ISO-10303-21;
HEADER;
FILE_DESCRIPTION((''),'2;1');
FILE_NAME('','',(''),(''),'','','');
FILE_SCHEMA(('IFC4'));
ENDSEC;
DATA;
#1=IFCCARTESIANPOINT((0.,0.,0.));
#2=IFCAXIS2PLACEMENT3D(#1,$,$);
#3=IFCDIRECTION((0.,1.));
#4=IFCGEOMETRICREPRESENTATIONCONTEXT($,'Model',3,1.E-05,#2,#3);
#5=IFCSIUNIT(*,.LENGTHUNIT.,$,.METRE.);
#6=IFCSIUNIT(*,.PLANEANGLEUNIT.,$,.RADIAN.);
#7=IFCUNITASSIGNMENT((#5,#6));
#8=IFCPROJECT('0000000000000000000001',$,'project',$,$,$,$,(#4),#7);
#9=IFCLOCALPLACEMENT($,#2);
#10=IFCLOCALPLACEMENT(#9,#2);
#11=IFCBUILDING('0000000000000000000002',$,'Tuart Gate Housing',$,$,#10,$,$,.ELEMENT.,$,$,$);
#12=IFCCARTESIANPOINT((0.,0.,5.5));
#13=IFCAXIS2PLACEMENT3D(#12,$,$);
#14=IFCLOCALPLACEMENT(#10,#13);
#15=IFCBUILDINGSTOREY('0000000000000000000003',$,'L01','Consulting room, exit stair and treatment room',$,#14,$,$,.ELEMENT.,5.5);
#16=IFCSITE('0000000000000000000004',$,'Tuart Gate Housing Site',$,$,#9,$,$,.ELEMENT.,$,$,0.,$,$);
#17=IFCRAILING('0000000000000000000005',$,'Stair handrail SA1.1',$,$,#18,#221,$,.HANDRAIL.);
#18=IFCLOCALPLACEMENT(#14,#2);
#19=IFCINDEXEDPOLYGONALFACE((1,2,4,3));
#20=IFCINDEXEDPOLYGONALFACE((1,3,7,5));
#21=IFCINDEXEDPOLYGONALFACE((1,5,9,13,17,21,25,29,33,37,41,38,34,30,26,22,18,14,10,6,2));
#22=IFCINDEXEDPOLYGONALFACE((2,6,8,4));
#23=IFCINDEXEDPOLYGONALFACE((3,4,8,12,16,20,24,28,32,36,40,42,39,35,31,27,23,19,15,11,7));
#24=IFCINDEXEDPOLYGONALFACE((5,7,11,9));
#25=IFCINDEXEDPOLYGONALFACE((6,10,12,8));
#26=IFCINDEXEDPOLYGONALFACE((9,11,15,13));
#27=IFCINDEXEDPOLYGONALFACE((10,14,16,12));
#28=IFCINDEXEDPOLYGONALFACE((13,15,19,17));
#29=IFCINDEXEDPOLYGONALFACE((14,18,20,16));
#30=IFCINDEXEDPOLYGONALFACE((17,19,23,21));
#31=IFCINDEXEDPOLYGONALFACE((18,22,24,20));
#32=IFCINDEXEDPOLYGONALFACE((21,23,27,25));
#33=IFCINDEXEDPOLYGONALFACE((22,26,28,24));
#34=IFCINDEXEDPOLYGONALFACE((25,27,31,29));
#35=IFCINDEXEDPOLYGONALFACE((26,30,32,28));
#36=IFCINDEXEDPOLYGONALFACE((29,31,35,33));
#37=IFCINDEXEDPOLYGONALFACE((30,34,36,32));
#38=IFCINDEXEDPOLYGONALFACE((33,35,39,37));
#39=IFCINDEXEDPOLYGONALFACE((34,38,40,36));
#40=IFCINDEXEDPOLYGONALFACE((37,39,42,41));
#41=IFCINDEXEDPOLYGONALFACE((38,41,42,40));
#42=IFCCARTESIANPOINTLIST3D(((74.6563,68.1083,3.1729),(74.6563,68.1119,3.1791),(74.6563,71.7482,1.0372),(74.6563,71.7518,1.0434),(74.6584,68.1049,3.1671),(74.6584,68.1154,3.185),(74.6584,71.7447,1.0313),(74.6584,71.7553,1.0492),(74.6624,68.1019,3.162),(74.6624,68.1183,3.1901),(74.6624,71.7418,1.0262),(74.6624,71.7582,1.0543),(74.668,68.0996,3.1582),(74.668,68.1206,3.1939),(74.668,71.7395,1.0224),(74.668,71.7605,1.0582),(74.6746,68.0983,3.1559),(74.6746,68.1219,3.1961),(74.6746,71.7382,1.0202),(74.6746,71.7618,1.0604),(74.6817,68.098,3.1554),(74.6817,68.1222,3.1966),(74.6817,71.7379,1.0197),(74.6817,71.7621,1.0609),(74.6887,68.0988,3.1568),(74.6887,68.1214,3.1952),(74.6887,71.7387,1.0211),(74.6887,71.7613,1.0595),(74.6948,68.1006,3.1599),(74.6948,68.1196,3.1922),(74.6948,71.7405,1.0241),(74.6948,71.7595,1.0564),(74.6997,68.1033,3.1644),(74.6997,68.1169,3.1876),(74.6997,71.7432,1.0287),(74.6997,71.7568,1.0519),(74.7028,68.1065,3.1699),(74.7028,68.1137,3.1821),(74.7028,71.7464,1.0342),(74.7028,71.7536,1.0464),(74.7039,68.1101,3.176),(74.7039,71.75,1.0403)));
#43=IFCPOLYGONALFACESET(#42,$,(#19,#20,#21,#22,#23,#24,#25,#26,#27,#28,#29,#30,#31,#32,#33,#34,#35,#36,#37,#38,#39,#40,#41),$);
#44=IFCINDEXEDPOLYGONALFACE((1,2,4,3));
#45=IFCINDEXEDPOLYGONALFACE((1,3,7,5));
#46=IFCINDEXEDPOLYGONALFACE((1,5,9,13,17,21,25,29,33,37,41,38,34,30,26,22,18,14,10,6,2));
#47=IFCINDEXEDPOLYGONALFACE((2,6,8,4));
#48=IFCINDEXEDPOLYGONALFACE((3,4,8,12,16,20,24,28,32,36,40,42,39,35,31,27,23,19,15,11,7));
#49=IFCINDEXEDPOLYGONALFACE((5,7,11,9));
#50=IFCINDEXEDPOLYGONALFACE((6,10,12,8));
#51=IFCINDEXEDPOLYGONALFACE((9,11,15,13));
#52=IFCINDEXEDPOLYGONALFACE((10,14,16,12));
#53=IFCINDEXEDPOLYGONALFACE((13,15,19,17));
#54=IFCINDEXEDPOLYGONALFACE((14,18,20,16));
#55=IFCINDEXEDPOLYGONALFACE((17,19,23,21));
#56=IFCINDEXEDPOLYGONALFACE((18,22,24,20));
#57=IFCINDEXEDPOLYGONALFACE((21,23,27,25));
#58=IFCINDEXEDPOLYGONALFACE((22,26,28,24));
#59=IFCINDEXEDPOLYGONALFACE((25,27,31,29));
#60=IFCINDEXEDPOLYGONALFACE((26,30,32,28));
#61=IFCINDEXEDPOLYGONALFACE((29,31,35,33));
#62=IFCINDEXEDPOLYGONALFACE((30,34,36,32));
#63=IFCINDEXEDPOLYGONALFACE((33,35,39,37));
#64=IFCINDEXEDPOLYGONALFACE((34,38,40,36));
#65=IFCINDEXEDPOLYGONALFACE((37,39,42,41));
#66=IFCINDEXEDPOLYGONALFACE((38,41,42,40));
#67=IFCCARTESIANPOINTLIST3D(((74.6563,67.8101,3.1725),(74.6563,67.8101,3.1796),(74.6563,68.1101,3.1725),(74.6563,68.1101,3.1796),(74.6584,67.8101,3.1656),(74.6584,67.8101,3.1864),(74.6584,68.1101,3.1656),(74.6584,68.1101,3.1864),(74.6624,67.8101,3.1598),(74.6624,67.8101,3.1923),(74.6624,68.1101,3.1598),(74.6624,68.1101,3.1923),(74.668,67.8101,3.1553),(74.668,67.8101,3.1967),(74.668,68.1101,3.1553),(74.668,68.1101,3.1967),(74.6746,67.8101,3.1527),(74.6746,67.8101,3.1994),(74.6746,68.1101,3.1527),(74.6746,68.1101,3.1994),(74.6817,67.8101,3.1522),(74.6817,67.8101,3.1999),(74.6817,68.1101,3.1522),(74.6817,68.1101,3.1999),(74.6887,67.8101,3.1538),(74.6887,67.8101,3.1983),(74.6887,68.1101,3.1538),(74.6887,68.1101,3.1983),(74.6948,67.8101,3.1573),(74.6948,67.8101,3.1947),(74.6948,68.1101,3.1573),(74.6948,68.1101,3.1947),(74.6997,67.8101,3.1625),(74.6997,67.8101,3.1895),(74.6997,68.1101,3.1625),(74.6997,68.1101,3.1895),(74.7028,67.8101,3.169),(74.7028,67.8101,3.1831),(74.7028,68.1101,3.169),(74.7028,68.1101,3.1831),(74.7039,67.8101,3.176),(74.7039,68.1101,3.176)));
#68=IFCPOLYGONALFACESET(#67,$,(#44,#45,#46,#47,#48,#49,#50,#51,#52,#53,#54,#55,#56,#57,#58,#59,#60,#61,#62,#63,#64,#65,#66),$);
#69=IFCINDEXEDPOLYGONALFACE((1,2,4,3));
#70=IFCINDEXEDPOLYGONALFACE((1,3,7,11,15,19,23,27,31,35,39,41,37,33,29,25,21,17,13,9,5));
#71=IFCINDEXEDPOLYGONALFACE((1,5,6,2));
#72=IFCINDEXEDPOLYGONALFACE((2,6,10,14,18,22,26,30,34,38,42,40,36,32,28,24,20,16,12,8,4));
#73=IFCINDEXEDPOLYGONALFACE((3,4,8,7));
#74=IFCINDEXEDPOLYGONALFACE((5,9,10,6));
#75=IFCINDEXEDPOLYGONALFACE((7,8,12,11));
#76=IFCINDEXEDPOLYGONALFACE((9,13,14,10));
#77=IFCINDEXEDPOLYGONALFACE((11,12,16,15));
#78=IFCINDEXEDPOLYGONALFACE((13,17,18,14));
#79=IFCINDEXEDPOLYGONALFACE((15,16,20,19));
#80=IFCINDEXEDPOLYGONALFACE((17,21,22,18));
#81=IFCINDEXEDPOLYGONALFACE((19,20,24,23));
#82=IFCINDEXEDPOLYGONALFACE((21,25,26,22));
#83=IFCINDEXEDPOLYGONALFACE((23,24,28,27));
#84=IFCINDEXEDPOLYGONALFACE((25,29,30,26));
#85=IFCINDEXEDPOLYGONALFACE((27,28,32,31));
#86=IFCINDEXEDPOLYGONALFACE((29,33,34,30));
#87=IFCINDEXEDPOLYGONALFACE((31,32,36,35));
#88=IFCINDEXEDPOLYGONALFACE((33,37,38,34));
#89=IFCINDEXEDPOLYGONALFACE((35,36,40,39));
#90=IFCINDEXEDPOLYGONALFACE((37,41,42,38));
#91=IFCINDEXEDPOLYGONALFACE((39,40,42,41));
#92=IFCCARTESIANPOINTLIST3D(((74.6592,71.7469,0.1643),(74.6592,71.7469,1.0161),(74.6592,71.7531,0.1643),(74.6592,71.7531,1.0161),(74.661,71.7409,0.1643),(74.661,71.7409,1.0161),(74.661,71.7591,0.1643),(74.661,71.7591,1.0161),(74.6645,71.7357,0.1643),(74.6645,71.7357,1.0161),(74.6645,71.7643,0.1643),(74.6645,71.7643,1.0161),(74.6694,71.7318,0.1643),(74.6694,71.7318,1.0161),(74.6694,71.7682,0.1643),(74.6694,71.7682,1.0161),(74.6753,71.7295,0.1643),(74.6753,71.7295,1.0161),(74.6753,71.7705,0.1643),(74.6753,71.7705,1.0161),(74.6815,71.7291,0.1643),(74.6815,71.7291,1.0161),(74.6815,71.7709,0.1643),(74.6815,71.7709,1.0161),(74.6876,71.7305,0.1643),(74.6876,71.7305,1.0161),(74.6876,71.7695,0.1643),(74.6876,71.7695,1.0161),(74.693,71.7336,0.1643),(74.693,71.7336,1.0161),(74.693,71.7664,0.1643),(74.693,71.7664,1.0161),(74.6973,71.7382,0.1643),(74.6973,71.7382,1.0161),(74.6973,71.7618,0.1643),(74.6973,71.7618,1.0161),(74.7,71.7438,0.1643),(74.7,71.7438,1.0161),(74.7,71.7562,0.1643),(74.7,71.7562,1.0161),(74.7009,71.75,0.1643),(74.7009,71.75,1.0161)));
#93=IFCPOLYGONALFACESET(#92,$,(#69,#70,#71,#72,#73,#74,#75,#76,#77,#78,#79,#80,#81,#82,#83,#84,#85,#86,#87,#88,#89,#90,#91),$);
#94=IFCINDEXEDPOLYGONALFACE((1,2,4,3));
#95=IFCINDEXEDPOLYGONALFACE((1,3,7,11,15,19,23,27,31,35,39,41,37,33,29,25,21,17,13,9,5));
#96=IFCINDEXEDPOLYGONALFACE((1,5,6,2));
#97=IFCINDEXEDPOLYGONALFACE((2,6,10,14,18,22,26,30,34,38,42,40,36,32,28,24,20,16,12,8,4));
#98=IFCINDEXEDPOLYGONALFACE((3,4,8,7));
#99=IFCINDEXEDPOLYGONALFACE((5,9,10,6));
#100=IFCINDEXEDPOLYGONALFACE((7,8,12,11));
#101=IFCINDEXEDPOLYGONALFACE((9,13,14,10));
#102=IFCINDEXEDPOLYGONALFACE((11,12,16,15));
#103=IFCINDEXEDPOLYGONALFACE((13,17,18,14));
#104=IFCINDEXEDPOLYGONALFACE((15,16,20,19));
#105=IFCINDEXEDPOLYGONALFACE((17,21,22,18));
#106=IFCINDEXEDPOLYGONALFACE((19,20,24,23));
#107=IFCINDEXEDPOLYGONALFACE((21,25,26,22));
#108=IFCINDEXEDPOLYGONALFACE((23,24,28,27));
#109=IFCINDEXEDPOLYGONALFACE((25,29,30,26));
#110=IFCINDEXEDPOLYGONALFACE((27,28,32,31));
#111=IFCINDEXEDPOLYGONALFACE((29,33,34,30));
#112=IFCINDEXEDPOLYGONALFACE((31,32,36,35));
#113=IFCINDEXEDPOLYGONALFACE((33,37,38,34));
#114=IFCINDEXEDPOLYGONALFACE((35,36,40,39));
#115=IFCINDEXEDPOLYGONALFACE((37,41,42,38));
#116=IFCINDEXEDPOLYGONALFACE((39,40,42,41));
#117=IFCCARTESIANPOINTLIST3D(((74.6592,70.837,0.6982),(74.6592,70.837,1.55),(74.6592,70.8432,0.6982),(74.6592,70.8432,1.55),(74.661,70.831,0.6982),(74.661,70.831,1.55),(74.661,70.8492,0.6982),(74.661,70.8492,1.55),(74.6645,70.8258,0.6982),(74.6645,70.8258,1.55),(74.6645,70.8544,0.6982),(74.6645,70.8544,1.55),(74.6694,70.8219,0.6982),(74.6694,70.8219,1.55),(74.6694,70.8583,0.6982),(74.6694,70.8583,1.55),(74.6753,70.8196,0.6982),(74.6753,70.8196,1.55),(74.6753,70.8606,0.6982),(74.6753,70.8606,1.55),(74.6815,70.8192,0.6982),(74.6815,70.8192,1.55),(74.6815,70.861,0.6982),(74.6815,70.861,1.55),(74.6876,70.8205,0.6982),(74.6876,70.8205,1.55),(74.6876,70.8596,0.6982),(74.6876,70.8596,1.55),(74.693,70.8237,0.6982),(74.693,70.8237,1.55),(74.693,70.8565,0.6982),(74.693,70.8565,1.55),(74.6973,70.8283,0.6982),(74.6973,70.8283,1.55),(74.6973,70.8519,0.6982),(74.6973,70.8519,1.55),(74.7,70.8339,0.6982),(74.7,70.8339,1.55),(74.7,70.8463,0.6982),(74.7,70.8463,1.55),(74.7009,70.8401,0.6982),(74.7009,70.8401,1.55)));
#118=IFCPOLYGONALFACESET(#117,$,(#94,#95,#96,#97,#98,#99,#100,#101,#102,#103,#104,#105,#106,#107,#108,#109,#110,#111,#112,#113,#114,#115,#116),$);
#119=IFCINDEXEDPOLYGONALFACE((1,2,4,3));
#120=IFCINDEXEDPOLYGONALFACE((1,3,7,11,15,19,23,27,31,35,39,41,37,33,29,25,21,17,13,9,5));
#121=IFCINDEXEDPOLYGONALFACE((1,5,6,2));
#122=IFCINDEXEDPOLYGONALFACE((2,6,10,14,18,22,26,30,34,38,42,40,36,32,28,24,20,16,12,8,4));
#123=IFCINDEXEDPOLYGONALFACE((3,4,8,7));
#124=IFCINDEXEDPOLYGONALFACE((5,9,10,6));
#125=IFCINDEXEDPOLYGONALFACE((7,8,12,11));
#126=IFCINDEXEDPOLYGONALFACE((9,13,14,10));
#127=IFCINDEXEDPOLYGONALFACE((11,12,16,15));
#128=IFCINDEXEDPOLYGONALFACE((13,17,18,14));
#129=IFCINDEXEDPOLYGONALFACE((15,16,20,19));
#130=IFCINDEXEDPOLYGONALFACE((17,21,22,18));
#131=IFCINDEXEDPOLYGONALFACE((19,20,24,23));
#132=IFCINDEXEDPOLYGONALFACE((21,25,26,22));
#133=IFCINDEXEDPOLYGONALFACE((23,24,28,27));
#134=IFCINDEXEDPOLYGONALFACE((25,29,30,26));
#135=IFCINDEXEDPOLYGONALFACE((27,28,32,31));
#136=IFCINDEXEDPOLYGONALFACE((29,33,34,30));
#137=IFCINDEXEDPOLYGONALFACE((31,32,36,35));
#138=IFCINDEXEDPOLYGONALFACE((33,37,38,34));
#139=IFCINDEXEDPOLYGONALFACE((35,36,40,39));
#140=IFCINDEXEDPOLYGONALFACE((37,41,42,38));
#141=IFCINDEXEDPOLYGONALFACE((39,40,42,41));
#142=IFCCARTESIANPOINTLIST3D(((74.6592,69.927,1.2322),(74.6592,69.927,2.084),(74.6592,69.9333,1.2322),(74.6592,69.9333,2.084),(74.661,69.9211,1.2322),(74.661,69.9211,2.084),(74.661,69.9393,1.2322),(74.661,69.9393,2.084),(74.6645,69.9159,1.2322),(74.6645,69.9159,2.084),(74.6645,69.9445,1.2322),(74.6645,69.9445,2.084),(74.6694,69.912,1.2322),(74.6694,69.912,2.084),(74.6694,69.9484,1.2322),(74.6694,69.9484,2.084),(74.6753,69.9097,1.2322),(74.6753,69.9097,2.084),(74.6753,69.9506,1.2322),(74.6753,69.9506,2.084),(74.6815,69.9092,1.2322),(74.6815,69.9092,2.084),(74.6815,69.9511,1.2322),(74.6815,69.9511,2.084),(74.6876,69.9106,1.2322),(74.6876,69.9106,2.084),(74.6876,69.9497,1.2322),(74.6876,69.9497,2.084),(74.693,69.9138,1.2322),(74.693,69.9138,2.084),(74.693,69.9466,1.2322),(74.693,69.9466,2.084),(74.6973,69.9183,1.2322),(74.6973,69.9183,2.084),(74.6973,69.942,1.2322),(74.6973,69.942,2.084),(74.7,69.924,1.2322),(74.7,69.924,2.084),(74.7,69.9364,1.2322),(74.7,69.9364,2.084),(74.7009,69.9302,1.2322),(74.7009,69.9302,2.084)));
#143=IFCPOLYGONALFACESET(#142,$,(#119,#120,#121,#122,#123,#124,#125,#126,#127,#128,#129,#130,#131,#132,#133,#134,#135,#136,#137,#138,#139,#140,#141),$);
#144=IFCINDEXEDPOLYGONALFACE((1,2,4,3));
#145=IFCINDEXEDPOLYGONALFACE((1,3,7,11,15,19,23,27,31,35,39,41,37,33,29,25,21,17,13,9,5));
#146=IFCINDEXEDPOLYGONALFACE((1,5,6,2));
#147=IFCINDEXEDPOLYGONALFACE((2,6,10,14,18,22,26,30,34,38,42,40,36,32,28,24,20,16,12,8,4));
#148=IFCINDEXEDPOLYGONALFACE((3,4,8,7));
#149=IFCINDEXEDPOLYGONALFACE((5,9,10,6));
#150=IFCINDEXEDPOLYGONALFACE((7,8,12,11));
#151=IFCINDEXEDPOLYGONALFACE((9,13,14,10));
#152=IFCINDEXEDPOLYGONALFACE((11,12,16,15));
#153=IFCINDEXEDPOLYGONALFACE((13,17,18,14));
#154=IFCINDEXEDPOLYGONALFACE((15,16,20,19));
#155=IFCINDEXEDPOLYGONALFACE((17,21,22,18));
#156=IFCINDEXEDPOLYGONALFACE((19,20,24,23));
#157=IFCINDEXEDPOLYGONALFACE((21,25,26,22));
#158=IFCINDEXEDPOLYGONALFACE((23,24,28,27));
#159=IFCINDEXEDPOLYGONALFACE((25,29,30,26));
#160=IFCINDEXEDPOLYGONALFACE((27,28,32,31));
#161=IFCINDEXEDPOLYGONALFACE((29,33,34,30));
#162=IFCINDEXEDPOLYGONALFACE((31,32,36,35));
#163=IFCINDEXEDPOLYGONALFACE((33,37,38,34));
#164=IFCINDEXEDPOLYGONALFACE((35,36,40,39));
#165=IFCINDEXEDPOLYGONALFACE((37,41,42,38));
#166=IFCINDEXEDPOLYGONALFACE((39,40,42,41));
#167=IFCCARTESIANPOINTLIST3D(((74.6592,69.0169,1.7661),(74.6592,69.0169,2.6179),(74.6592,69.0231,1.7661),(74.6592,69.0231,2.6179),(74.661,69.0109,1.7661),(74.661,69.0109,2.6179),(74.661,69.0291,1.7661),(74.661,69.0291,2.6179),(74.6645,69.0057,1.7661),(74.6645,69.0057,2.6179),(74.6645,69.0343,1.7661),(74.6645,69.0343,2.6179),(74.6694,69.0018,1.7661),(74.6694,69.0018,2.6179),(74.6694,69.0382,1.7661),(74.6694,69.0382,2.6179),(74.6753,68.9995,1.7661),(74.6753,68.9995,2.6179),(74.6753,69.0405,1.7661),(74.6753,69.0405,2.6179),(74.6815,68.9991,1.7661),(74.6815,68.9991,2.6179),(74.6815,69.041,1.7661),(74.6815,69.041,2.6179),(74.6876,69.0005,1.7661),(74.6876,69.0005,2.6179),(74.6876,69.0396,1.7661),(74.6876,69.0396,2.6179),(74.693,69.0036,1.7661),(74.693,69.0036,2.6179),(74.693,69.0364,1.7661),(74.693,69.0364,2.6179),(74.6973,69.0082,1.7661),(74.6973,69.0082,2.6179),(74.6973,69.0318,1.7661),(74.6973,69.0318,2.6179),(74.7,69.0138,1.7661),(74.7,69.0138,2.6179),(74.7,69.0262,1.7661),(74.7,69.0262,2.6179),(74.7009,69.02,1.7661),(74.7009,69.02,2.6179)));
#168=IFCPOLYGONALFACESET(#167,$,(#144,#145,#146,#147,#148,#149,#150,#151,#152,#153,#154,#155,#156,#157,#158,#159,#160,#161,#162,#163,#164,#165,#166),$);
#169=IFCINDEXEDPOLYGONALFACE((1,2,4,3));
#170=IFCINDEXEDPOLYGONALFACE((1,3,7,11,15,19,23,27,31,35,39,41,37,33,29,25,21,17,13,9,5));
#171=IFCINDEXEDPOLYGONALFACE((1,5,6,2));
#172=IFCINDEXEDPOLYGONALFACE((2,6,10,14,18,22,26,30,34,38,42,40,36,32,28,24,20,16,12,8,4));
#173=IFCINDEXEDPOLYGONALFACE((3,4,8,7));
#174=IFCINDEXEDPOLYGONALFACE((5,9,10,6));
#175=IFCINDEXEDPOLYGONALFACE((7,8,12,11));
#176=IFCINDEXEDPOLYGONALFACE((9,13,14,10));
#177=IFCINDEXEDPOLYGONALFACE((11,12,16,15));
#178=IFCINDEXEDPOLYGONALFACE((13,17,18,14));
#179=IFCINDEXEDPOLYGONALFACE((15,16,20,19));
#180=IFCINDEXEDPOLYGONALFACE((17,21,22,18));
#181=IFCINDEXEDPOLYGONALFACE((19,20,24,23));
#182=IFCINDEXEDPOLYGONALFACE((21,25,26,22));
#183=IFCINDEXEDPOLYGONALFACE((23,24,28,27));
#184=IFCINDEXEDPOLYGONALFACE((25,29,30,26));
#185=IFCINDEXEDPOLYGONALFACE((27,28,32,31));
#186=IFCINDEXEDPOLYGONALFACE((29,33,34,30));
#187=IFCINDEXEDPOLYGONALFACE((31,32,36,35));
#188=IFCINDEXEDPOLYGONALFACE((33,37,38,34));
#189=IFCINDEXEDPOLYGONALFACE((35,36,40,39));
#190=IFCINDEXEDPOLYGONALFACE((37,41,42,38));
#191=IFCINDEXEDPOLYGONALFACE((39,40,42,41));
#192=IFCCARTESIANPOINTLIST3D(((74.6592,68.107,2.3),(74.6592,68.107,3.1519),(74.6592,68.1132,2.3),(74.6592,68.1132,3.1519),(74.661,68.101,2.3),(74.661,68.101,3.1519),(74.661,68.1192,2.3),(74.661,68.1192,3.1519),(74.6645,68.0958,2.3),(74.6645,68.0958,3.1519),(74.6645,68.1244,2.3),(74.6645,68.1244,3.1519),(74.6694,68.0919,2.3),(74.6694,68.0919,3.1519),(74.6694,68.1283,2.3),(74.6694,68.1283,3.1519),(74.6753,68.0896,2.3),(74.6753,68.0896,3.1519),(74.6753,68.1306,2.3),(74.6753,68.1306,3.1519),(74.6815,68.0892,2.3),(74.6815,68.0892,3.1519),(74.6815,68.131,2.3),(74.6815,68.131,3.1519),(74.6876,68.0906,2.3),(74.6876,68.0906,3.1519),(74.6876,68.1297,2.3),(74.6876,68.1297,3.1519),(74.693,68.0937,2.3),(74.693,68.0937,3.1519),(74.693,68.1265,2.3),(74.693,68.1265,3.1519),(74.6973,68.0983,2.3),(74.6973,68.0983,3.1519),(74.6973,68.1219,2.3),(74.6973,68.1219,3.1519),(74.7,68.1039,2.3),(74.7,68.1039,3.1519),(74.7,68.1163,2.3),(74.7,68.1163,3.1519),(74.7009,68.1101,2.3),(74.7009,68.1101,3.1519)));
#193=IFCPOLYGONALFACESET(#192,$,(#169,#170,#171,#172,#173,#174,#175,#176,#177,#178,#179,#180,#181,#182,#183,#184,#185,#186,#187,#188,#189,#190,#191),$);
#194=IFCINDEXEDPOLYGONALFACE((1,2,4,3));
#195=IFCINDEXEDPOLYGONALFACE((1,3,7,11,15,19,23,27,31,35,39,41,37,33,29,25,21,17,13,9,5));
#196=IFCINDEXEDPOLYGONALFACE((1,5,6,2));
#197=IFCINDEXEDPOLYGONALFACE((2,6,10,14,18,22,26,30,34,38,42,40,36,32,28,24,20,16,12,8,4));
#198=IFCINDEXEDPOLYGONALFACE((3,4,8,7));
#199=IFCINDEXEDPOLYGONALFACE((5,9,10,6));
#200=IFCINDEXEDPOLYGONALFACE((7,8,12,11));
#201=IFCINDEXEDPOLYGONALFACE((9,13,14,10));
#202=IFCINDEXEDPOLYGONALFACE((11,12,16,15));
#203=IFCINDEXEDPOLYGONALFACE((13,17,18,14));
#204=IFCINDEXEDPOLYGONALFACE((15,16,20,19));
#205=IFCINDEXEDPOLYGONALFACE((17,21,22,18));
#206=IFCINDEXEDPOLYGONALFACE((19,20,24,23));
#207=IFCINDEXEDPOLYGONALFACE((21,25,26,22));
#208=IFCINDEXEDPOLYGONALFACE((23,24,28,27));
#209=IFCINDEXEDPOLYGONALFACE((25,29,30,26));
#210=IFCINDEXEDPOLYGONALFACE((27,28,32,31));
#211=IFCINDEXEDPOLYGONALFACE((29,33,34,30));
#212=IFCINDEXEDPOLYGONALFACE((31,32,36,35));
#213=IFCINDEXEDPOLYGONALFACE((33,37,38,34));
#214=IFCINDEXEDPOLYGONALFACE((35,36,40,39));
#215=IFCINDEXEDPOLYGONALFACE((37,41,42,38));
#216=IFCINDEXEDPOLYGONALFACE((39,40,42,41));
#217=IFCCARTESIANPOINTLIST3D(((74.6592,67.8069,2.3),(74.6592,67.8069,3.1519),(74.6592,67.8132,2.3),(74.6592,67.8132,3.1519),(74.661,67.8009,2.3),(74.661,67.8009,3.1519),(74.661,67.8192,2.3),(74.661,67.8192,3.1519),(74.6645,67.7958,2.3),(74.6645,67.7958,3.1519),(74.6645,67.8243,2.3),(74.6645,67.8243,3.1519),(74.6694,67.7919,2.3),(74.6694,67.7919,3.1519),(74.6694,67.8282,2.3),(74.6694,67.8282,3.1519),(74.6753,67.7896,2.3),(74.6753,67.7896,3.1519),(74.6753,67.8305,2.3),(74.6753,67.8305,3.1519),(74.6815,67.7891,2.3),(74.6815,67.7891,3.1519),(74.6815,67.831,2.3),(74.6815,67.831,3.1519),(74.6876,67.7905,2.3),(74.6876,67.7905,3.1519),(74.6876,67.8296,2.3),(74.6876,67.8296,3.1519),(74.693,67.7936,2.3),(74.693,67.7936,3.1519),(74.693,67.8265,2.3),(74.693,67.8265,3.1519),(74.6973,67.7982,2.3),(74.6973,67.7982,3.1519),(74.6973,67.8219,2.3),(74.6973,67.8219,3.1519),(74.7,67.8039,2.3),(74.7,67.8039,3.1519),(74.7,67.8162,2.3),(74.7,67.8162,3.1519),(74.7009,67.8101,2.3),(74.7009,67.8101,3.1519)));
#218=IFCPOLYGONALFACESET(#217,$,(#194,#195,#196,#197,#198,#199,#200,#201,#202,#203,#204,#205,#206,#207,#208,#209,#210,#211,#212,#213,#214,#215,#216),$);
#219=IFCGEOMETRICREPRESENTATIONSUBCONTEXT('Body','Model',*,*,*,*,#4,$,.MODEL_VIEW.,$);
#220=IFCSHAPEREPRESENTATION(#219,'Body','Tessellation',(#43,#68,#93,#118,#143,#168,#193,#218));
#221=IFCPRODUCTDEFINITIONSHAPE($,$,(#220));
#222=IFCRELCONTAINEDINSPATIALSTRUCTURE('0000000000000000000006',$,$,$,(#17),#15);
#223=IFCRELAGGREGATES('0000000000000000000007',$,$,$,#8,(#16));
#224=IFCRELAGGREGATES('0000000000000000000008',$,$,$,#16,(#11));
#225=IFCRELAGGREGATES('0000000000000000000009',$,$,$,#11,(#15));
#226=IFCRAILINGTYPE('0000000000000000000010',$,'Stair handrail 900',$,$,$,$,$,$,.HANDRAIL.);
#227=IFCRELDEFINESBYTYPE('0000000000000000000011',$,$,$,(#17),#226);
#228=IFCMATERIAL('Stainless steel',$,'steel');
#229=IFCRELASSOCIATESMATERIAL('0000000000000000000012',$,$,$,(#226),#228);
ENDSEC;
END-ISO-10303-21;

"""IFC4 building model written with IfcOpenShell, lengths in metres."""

from ifc_helpers import new_model, si_unit, direction, frame, origin, origin_2d, place, context, subcontext, project, spatial, circle, extrude, material, type_object, element, save


model = new_model("IFC4")

# Units and contexts
model_context = context("Model", 3, precision=1e-05, world=origin(), true_north=direction((0.0, 1.0)))
body_context = subcontext(model_context, "Body", "Model", "MODEL_VIEW")
ifc_project = project(units=[si_unit("LENGTHUNIT", "METRE"), si_unit("PLANEANGLEUNIT", "RADIAN")], contexts=[model_context])

# Site, building, storey
site_placement = place(None, origin())
site = spatial("IfcSite", under=ifc_project, at=site_placement, Name="Tuart Gate Housing Site", CompositionType="ELEMENT", RefElevation=0.0)
building_placement = place(site_placement, origin())
building = spatial("IfcBuilding", under=site, at=building_placement, Name="Tuart Gate Housing", CompositionType="ELEMENT")
storey_placement = place(building_placement, frame((0.0, 0.0, 5.5)))
storey = spatial("IfcBuildingStorey", under=building, at=storey_placement, Name="L01", Description="Consulting room, exit stair and treatment room", CompositionType="ELEMENT", Elevation=5.5)

# Railing
ifc_material_1 = material(Name="Stainless steel", Category="steel")
railing_type = type_object("IfcRailingType", Name="Stair handrail 900", PredefinedType="HANDRAIL", material=ifc_material_1)
railing_placement = place(storey_placement, frame((74.6799, 71.75, 0.1643)))
element("IfcRailing", 1, at=railing_placement, inside=storey, type_object=railing_type, Name="Stair handrail SA1.1", PredefinedType="HANDRAIL", context=body_context, shape_type="SweptSolid", body=[
    extrude(circle(Radius=0.0239, at=origin_2d()), frame((0.0, 0.0, 0.876), z_axis=(0.0, -0.86249, 0.506074), x_axis=(1.0, 0.0, 0.0)), (0.0, 0.0, 1.0), 4.2202),
    extrude(circle(Radius=0.0239, at=origin_2d()), frame((0.0, -3.6399, 3.0117), z_axis=(0.0, -1.0, 0.0), x_axis=(1.0, 0.0, 0.0)), (0.0, 0.0, 1.0), 0.3),
    extrude(circle(Radius=0.021, at=origin_2d()), origin(), (0.0, 0.0, 1.0), 0.8518),
    extrude(circle(Radius=0.021, at=origin_2d()), frame((0.0, -0.9099, 0.5339)), (0.0, 0.0, 1.0), 0.8518),
    extrude(circle(Radius=0.021, at=origin_2d()), frame((0.0, -1.8198, 1.0679)), (0.0, 0.0, 1.0), 0.8518),
    extrude(circle(Radius=0.021, at=origin_2d()), frame((0.0, -2.73, 1.6018)), (0.0, 0.0, 1.0), 0.8518),
    extrude(circle(Radius=0.021, at=origin_2d()), frame((0.0, -3.6399, 2.1357)), (0.0, 0.0, 1.0), 0.8518),
    extrude(circle(Radius=0.021, at=origin_2d()), frame((0.0, -3.9399, 2.1357)), (0.0, 0.0, 1.0), 0.8518),
])

save(model, "model.ifc")
